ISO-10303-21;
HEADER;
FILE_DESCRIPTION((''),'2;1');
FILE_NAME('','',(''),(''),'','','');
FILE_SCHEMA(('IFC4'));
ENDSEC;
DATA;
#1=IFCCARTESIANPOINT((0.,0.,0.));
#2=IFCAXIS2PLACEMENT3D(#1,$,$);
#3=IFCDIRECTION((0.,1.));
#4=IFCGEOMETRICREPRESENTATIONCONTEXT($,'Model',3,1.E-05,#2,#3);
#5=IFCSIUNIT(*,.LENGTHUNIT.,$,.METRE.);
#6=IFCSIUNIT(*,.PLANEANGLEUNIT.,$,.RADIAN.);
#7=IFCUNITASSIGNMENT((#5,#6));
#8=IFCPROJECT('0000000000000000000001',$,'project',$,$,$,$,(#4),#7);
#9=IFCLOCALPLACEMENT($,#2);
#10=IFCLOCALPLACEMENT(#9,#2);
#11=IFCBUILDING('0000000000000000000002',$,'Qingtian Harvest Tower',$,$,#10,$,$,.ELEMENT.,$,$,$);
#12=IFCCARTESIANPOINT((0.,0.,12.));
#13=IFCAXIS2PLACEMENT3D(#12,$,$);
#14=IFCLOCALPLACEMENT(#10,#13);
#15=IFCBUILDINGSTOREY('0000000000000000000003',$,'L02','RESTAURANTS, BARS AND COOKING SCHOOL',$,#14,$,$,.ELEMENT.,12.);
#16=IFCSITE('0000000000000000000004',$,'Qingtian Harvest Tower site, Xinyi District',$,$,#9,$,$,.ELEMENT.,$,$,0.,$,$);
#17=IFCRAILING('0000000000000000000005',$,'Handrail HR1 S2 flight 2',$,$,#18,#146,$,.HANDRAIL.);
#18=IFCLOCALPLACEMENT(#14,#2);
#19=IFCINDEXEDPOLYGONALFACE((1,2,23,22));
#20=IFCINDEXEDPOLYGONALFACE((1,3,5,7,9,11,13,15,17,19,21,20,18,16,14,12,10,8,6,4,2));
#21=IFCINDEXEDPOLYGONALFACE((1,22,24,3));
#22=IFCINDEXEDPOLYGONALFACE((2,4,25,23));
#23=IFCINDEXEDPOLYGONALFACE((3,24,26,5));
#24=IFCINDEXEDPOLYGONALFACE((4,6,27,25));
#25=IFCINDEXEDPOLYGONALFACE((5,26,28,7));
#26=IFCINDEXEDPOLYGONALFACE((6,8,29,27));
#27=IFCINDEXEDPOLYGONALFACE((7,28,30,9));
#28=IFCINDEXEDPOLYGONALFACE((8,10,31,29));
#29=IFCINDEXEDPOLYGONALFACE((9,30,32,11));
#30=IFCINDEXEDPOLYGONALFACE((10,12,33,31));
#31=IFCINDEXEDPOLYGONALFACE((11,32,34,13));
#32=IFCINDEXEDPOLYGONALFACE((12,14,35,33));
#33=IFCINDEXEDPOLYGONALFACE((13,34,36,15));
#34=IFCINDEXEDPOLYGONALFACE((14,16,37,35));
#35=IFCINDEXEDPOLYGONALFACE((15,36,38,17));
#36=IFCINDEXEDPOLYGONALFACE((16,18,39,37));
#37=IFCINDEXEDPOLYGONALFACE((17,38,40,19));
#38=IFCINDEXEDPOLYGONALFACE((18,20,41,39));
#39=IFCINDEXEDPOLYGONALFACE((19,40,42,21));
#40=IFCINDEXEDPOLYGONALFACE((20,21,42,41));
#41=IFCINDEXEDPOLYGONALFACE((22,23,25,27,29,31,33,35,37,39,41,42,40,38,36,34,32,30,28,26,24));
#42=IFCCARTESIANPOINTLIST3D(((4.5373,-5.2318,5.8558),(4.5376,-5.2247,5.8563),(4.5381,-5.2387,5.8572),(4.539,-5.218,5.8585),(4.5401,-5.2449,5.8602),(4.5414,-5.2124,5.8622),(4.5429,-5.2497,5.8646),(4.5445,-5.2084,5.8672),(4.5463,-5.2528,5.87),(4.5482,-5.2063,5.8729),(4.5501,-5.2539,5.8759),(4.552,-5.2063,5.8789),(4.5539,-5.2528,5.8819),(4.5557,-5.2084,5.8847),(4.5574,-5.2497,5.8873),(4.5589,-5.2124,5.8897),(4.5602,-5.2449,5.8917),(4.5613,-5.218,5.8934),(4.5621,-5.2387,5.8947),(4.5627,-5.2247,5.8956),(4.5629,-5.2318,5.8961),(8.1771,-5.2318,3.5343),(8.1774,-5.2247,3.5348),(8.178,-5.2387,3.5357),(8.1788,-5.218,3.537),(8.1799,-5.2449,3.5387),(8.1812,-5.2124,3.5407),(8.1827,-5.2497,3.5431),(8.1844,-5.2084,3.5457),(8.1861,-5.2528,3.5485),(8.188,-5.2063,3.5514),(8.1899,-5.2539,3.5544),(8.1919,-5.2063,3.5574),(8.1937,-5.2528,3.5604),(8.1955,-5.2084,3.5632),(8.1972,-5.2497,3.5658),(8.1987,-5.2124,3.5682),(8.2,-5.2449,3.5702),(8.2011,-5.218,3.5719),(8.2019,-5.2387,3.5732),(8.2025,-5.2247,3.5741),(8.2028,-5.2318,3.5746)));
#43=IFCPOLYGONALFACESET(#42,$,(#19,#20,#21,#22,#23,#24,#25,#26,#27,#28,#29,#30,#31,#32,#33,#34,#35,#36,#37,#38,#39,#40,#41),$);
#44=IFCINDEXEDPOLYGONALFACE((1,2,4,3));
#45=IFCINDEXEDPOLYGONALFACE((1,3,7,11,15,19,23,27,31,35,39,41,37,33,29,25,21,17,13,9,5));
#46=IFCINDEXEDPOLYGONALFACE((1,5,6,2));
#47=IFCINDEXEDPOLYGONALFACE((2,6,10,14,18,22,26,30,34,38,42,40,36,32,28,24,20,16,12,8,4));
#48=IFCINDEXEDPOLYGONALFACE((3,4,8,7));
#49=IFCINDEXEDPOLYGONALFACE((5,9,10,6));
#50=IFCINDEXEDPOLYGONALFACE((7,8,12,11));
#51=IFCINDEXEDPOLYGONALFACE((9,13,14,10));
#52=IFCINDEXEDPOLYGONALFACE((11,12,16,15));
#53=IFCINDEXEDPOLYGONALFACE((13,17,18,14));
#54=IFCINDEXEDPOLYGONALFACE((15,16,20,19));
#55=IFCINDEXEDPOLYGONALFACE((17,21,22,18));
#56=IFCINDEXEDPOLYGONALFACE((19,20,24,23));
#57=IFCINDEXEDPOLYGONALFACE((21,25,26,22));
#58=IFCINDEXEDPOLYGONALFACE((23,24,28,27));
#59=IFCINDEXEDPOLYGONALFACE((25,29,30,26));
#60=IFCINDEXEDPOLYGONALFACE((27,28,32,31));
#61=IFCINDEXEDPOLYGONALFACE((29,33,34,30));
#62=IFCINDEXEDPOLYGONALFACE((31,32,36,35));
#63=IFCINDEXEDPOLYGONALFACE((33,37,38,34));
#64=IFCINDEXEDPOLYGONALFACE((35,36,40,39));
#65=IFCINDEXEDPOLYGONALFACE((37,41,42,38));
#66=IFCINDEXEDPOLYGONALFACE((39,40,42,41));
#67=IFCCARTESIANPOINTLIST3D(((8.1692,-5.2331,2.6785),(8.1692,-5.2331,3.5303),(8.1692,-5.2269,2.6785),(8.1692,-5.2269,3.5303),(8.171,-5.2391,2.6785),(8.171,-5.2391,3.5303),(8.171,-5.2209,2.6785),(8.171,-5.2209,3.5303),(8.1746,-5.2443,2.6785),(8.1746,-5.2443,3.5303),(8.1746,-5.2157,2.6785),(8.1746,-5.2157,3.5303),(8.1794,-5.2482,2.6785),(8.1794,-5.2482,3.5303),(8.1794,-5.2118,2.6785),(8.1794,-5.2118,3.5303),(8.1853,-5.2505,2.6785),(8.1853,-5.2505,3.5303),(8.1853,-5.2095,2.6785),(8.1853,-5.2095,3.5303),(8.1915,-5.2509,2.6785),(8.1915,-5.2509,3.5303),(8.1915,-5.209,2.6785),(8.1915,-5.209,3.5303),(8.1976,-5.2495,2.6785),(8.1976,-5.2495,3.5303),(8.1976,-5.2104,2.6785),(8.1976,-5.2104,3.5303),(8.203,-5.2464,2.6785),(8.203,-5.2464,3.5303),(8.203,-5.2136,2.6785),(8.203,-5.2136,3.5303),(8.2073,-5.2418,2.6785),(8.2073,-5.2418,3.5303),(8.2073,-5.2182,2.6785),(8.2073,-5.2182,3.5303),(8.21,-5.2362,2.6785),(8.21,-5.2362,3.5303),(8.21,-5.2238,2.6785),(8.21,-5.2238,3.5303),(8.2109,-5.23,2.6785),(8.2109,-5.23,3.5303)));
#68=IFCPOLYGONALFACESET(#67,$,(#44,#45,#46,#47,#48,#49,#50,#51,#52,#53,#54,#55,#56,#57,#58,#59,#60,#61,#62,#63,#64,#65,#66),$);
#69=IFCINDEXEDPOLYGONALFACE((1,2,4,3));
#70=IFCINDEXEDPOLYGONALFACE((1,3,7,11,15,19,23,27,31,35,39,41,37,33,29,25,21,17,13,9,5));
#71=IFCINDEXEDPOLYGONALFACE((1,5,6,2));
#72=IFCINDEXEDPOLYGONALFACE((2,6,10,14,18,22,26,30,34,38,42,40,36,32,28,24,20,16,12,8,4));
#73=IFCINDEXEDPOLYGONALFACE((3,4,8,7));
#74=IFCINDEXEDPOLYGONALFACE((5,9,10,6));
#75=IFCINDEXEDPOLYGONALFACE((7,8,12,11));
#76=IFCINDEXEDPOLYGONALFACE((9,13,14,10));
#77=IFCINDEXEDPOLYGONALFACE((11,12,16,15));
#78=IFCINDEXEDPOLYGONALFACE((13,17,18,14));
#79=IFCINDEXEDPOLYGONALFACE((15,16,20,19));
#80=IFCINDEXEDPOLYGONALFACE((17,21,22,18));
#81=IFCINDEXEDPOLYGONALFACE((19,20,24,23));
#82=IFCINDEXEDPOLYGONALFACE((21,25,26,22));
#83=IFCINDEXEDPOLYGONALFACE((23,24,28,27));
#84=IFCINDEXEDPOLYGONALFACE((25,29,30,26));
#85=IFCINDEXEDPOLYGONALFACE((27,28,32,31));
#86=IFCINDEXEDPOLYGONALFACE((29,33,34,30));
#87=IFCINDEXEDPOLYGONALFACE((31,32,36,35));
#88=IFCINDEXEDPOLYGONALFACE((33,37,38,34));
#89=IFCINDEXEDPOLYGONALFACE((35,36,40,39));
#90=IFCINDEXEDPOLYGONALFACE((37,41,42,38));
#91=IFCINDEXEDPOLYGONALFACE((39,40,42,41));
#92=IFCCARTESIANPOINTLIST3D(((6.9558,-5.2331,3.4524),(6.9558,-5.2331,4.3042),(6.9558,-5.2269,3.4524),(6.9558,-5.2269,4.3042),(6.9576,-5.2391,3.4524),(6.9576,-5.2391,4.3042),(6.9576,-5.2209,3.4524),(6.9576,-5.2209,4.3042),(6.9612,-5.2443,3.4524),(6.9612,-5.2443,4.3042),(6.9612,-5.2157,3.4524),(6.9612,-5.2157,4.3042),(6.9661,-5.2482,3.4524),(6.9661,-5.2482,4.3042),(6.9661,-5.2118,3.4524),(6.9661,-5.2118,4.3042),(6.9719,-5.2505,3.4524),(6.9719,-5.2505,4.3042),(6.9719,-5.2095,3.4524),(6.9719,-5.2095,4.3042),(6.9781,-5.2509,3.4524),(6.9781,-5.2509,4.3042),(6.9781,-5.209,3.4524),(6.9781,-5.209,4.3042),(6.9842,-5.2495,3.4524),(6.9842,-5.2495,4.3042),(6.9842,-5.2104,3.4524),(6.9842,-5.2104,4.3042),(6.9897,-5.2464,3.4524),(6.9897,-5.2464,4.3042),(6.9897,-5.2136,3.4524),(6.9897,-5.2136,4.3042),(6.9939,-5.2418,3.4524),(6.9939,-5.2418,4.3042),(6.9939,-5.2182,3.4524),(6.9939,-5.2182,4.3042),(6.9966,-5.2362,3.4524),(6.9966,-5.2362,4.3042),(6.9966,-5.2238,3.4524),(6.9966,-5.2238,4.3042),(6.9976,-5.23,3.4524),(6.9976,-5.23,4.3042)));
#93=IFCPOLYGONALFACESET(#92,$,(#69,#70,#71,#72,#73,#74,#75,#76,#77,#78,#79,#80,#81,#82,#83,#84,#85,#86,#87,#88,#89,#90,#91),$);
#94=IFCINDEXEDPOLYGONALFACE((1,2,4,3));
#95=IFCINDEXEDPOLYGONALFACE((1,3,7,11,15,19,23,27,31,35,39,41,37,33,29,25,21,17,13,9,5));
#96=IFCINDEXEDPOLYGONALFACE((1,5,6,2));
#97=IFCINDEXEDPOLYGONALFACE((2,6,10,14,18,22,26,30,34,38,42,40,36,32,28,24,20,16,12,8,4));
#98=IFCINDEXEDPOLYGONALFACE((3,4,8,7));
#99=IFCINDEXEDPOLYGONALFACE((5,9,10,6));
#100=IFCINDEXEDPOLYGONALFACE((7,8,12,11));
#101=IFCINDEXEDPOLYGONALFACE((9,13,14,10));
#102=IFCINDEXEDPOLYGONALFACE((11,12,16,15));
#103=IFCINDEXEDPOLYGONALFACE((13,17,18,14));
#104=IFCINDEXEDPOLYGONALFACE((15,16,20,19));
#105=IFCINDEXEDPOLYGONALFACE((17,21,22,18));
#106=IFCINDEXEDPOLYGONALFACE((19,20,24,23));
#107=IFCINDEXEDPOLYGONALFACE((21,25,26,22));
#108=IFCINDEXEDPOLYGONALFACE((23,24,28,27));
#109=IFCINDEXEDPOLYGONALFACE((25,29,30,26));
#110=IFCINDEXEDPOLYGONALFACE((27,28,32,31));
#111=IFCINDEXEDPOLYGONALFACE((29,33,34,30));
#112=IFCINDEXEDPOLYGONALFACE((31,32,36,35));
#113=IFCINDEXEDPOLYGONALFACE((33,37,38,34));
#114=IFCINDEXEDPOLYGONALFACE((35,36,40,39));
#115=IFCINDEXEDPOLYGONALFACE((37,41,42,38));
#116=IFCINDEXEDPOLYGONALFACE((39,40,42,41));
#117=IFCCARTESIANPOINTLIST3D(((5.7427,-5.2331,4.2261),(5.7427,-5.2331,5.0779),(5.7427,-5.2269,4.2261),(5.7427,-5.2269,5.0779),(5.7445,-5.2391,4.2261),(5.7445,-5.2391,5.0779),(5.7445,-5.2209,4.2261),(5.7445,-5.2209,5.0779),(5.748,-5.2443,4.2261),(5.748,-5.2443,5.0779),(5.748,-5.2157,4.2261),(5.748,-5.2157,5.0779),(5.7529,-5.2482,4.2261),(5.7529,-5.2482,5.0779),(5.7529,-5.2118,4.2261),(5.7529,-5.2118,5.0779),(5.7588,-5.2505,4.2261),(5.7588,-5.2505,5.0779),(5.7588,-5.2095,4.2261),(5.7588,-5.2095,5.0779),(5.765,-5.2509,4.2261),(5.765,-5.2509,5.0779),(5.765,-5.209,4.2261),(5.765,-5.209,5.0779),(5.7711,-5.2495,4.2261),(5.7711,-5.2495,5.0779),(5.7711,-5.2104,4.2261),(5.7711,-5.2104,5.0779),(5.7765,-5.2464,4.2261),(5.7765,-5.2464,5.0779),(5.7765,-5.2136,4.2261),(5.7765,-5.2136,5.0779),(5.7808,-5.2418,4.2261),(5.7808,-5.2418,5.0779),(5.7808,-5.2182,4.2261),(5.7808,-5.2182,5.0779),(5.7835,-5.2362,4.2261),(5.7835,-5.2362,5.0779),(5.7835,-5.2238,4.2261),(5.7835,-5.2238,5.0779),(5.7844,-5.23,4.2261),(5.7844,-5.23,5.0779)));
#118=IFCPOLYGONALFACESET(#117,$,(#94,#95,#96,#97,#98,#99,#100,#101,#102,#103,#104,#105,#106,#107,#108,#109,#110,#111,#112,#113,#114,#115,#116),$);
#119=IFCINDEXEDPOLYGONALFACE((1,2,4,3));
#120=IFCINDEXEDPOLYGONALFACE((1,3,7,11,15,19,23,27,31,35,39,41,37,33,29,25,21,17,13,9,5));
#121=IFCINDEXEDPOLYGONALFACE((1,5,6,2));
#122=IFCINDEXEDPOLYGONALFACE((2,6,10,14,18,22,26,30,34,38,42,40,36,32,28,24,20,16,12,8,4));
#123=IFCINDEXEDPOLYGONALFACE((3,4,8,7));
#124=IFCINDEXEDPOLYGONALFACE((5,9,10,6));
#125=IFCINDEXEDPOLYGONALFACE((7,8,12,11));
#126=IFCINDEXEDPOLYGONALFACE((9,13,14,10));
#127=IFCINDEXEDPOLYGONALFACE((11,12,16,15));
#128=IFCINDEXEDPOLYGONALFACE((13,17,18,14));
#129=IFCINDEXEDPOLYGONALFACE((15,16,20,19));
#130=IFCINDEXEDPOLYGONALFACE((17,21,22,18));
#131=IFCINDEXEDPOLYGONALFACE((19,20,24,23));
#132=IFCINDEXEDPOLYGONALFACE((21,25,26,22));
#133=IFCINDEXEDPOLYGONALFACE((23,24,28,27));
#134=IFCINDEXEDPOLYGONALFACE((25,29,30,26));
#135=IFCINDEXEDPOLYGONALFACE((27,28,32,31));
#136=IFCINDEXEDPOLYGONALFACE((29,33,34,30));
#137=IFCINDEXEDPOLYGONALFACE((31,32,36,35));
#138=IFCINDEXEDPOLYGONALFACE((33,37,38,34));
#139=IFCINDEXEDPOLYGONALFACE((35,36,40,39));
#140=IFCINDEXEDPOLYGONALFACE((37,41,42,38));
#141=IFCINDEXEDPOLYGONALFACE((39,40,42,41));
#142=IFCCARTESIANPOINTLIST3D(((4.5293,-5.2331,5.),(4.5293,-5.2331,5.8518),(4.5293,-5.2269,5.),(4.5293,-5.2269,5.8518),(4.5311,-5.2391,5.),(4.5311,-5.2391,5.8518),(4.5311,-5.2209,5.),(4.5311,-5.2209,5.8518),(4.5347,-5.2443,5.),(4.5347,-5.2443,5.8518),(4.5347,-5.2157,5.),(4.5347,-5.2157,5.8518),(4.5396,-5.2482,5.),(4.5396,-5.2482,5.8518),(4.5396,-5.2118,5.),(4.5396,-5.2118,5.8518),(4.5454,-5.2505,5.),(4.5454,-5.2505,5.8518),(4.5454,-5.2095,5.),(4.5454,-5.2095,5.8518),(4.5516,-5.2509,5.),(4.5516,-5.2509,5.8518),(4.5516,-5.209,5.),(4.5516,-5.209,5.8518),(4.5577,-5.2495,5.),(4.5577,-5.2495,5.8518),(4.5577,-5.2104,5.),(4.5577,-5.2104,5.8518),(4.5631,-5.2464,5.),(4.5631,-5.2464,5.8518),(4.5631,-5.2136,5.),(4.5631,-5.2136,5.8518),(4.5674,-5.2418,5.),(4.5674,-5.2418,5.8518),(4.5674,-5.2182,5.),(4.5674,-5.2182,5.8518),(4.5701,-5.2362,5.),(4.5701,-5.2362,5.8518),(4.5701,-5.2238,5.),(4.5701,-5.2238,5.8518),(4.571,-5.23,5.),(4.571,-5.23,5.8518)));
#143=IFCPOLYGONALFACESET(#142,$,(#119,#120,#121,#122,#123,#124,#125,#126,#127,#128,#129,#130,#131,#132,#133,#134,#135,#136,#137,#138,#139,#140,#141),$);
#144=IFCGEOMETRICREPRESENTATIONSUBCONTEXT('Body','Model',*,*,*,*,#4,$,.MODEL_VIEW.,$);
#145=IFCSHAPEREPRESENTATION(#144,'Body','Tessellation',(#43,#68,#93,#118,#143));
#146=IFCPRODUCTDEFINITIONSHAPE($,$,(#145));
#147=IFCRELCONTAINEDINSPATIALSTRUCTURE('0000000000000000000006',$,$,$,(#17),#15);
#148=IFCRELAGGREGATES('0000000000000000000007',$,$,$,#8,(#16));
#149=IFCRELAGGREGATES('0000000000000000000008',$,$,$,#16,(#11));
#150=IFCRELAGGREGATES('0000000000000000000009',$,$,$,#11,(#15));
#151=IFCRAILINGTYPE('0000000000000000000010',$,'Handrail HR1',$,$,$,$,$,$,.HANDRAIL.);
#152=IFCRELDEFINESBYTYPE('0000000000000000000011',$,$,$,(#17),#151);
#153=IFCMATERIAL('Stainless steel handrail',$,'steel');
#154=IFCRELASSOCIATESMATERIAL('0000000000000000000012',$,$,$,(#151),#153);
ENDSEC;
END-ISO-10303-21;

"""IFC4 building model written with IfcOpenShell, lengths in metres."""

from ifc_helpers import new_model, si_unit, direction, frame, origin, origin_2d, place, context, subcontext, project, spatial, circle, extrude, material, type_object, element, save


model = new_model("IFC4")

# Units and contexts
model_context = context("Model", 3, precision=1e-05, world=origin(), true_north=direction((0.0, 1.0)))
body_context = subcontext(model_context, "Body", "Model", "MODEL_VIEW")
ifc_project = project(units=[si_unit("LENGTHUNIT", "METRE"), si_unit("PLANEANGLEUNIT", "RADIAN")], contexts=[model_context])

# Site, building, storey
site_placement = place(None, origin())
site = spatial("IfcSite", under=ifc_project, at=site_placement, Name="Qingtian Harvest Tower site, Xinyi District", CompositionType="ELEMENT", RefElevation=0.0)
building_placement = place(site_placement, origin())
building = spatial("IfcBuilding", under=site, at=building_placement, Name="Qingtian Harvest Tower", CompositionType="ELEMENT")
storey_placement = place(building_placement, frame((0.0, 0.0, 12.0)))
storey = spatial("IfcBuildingStorey", under=building, at=storey_placement, Name="L02", Description="RESTAURANTS, BARS AND COOKING SCHOOL", CompositionType="ELEMENT", Elevation=12.0)

# Railing
ifc_material_1 = material(Name="Stainless steel handrail", Category="steel")
railing_type = type_object("IfcRailingType", Name="Handrail HR1", PredefinedType="HANDRAIL", material=ifc_material_1)
railing_1_placement = place(storey_placement, frame((8.1899, -5.23, 2.6785)))
element("IfcRailing", 1, at=railing_1_placement, inside=storey, type_object=railing_type, Name="Handrail HR1 S2 flight 2", PredefinedType="HANDRAIL", context=body_context, shape_type="SweptSolid", body=[
    extrude(circle(Radius=0.0239, at=origin_2d()), frame((0.0, 0.0, 0.876), z_axis=(-0.843112, 0.0, 0.537739), x_axis=(0.0, -1.0, 0.0)), (0.0, 0.0, 1.0), 4.3171),
    extrude(circle(Radius=0.021, at=origin_2d()), origin(), (0.0, 0.0, 1.0), 0.8518),
    extrude(circle(Radius=0.021, at=origin_2d()), frame((-1.2134, 0.0, 0.7739)), (0.0, 0.0, 1.0), 0.8518),
    extrude(circle(Radius=0.021, at=origin_2d()), frame((-2.4265, 0.0, 1.5476)), (0.0, 0.0, 1.0), 0.8518),
    extrude(circle(Radius=0.021, at=origin_2d()), frame((-3.6399, 0.0, 2.3215)), (0.0, 0.0, 1.0), 0.8518),
])

save(model, "model.ifc")
